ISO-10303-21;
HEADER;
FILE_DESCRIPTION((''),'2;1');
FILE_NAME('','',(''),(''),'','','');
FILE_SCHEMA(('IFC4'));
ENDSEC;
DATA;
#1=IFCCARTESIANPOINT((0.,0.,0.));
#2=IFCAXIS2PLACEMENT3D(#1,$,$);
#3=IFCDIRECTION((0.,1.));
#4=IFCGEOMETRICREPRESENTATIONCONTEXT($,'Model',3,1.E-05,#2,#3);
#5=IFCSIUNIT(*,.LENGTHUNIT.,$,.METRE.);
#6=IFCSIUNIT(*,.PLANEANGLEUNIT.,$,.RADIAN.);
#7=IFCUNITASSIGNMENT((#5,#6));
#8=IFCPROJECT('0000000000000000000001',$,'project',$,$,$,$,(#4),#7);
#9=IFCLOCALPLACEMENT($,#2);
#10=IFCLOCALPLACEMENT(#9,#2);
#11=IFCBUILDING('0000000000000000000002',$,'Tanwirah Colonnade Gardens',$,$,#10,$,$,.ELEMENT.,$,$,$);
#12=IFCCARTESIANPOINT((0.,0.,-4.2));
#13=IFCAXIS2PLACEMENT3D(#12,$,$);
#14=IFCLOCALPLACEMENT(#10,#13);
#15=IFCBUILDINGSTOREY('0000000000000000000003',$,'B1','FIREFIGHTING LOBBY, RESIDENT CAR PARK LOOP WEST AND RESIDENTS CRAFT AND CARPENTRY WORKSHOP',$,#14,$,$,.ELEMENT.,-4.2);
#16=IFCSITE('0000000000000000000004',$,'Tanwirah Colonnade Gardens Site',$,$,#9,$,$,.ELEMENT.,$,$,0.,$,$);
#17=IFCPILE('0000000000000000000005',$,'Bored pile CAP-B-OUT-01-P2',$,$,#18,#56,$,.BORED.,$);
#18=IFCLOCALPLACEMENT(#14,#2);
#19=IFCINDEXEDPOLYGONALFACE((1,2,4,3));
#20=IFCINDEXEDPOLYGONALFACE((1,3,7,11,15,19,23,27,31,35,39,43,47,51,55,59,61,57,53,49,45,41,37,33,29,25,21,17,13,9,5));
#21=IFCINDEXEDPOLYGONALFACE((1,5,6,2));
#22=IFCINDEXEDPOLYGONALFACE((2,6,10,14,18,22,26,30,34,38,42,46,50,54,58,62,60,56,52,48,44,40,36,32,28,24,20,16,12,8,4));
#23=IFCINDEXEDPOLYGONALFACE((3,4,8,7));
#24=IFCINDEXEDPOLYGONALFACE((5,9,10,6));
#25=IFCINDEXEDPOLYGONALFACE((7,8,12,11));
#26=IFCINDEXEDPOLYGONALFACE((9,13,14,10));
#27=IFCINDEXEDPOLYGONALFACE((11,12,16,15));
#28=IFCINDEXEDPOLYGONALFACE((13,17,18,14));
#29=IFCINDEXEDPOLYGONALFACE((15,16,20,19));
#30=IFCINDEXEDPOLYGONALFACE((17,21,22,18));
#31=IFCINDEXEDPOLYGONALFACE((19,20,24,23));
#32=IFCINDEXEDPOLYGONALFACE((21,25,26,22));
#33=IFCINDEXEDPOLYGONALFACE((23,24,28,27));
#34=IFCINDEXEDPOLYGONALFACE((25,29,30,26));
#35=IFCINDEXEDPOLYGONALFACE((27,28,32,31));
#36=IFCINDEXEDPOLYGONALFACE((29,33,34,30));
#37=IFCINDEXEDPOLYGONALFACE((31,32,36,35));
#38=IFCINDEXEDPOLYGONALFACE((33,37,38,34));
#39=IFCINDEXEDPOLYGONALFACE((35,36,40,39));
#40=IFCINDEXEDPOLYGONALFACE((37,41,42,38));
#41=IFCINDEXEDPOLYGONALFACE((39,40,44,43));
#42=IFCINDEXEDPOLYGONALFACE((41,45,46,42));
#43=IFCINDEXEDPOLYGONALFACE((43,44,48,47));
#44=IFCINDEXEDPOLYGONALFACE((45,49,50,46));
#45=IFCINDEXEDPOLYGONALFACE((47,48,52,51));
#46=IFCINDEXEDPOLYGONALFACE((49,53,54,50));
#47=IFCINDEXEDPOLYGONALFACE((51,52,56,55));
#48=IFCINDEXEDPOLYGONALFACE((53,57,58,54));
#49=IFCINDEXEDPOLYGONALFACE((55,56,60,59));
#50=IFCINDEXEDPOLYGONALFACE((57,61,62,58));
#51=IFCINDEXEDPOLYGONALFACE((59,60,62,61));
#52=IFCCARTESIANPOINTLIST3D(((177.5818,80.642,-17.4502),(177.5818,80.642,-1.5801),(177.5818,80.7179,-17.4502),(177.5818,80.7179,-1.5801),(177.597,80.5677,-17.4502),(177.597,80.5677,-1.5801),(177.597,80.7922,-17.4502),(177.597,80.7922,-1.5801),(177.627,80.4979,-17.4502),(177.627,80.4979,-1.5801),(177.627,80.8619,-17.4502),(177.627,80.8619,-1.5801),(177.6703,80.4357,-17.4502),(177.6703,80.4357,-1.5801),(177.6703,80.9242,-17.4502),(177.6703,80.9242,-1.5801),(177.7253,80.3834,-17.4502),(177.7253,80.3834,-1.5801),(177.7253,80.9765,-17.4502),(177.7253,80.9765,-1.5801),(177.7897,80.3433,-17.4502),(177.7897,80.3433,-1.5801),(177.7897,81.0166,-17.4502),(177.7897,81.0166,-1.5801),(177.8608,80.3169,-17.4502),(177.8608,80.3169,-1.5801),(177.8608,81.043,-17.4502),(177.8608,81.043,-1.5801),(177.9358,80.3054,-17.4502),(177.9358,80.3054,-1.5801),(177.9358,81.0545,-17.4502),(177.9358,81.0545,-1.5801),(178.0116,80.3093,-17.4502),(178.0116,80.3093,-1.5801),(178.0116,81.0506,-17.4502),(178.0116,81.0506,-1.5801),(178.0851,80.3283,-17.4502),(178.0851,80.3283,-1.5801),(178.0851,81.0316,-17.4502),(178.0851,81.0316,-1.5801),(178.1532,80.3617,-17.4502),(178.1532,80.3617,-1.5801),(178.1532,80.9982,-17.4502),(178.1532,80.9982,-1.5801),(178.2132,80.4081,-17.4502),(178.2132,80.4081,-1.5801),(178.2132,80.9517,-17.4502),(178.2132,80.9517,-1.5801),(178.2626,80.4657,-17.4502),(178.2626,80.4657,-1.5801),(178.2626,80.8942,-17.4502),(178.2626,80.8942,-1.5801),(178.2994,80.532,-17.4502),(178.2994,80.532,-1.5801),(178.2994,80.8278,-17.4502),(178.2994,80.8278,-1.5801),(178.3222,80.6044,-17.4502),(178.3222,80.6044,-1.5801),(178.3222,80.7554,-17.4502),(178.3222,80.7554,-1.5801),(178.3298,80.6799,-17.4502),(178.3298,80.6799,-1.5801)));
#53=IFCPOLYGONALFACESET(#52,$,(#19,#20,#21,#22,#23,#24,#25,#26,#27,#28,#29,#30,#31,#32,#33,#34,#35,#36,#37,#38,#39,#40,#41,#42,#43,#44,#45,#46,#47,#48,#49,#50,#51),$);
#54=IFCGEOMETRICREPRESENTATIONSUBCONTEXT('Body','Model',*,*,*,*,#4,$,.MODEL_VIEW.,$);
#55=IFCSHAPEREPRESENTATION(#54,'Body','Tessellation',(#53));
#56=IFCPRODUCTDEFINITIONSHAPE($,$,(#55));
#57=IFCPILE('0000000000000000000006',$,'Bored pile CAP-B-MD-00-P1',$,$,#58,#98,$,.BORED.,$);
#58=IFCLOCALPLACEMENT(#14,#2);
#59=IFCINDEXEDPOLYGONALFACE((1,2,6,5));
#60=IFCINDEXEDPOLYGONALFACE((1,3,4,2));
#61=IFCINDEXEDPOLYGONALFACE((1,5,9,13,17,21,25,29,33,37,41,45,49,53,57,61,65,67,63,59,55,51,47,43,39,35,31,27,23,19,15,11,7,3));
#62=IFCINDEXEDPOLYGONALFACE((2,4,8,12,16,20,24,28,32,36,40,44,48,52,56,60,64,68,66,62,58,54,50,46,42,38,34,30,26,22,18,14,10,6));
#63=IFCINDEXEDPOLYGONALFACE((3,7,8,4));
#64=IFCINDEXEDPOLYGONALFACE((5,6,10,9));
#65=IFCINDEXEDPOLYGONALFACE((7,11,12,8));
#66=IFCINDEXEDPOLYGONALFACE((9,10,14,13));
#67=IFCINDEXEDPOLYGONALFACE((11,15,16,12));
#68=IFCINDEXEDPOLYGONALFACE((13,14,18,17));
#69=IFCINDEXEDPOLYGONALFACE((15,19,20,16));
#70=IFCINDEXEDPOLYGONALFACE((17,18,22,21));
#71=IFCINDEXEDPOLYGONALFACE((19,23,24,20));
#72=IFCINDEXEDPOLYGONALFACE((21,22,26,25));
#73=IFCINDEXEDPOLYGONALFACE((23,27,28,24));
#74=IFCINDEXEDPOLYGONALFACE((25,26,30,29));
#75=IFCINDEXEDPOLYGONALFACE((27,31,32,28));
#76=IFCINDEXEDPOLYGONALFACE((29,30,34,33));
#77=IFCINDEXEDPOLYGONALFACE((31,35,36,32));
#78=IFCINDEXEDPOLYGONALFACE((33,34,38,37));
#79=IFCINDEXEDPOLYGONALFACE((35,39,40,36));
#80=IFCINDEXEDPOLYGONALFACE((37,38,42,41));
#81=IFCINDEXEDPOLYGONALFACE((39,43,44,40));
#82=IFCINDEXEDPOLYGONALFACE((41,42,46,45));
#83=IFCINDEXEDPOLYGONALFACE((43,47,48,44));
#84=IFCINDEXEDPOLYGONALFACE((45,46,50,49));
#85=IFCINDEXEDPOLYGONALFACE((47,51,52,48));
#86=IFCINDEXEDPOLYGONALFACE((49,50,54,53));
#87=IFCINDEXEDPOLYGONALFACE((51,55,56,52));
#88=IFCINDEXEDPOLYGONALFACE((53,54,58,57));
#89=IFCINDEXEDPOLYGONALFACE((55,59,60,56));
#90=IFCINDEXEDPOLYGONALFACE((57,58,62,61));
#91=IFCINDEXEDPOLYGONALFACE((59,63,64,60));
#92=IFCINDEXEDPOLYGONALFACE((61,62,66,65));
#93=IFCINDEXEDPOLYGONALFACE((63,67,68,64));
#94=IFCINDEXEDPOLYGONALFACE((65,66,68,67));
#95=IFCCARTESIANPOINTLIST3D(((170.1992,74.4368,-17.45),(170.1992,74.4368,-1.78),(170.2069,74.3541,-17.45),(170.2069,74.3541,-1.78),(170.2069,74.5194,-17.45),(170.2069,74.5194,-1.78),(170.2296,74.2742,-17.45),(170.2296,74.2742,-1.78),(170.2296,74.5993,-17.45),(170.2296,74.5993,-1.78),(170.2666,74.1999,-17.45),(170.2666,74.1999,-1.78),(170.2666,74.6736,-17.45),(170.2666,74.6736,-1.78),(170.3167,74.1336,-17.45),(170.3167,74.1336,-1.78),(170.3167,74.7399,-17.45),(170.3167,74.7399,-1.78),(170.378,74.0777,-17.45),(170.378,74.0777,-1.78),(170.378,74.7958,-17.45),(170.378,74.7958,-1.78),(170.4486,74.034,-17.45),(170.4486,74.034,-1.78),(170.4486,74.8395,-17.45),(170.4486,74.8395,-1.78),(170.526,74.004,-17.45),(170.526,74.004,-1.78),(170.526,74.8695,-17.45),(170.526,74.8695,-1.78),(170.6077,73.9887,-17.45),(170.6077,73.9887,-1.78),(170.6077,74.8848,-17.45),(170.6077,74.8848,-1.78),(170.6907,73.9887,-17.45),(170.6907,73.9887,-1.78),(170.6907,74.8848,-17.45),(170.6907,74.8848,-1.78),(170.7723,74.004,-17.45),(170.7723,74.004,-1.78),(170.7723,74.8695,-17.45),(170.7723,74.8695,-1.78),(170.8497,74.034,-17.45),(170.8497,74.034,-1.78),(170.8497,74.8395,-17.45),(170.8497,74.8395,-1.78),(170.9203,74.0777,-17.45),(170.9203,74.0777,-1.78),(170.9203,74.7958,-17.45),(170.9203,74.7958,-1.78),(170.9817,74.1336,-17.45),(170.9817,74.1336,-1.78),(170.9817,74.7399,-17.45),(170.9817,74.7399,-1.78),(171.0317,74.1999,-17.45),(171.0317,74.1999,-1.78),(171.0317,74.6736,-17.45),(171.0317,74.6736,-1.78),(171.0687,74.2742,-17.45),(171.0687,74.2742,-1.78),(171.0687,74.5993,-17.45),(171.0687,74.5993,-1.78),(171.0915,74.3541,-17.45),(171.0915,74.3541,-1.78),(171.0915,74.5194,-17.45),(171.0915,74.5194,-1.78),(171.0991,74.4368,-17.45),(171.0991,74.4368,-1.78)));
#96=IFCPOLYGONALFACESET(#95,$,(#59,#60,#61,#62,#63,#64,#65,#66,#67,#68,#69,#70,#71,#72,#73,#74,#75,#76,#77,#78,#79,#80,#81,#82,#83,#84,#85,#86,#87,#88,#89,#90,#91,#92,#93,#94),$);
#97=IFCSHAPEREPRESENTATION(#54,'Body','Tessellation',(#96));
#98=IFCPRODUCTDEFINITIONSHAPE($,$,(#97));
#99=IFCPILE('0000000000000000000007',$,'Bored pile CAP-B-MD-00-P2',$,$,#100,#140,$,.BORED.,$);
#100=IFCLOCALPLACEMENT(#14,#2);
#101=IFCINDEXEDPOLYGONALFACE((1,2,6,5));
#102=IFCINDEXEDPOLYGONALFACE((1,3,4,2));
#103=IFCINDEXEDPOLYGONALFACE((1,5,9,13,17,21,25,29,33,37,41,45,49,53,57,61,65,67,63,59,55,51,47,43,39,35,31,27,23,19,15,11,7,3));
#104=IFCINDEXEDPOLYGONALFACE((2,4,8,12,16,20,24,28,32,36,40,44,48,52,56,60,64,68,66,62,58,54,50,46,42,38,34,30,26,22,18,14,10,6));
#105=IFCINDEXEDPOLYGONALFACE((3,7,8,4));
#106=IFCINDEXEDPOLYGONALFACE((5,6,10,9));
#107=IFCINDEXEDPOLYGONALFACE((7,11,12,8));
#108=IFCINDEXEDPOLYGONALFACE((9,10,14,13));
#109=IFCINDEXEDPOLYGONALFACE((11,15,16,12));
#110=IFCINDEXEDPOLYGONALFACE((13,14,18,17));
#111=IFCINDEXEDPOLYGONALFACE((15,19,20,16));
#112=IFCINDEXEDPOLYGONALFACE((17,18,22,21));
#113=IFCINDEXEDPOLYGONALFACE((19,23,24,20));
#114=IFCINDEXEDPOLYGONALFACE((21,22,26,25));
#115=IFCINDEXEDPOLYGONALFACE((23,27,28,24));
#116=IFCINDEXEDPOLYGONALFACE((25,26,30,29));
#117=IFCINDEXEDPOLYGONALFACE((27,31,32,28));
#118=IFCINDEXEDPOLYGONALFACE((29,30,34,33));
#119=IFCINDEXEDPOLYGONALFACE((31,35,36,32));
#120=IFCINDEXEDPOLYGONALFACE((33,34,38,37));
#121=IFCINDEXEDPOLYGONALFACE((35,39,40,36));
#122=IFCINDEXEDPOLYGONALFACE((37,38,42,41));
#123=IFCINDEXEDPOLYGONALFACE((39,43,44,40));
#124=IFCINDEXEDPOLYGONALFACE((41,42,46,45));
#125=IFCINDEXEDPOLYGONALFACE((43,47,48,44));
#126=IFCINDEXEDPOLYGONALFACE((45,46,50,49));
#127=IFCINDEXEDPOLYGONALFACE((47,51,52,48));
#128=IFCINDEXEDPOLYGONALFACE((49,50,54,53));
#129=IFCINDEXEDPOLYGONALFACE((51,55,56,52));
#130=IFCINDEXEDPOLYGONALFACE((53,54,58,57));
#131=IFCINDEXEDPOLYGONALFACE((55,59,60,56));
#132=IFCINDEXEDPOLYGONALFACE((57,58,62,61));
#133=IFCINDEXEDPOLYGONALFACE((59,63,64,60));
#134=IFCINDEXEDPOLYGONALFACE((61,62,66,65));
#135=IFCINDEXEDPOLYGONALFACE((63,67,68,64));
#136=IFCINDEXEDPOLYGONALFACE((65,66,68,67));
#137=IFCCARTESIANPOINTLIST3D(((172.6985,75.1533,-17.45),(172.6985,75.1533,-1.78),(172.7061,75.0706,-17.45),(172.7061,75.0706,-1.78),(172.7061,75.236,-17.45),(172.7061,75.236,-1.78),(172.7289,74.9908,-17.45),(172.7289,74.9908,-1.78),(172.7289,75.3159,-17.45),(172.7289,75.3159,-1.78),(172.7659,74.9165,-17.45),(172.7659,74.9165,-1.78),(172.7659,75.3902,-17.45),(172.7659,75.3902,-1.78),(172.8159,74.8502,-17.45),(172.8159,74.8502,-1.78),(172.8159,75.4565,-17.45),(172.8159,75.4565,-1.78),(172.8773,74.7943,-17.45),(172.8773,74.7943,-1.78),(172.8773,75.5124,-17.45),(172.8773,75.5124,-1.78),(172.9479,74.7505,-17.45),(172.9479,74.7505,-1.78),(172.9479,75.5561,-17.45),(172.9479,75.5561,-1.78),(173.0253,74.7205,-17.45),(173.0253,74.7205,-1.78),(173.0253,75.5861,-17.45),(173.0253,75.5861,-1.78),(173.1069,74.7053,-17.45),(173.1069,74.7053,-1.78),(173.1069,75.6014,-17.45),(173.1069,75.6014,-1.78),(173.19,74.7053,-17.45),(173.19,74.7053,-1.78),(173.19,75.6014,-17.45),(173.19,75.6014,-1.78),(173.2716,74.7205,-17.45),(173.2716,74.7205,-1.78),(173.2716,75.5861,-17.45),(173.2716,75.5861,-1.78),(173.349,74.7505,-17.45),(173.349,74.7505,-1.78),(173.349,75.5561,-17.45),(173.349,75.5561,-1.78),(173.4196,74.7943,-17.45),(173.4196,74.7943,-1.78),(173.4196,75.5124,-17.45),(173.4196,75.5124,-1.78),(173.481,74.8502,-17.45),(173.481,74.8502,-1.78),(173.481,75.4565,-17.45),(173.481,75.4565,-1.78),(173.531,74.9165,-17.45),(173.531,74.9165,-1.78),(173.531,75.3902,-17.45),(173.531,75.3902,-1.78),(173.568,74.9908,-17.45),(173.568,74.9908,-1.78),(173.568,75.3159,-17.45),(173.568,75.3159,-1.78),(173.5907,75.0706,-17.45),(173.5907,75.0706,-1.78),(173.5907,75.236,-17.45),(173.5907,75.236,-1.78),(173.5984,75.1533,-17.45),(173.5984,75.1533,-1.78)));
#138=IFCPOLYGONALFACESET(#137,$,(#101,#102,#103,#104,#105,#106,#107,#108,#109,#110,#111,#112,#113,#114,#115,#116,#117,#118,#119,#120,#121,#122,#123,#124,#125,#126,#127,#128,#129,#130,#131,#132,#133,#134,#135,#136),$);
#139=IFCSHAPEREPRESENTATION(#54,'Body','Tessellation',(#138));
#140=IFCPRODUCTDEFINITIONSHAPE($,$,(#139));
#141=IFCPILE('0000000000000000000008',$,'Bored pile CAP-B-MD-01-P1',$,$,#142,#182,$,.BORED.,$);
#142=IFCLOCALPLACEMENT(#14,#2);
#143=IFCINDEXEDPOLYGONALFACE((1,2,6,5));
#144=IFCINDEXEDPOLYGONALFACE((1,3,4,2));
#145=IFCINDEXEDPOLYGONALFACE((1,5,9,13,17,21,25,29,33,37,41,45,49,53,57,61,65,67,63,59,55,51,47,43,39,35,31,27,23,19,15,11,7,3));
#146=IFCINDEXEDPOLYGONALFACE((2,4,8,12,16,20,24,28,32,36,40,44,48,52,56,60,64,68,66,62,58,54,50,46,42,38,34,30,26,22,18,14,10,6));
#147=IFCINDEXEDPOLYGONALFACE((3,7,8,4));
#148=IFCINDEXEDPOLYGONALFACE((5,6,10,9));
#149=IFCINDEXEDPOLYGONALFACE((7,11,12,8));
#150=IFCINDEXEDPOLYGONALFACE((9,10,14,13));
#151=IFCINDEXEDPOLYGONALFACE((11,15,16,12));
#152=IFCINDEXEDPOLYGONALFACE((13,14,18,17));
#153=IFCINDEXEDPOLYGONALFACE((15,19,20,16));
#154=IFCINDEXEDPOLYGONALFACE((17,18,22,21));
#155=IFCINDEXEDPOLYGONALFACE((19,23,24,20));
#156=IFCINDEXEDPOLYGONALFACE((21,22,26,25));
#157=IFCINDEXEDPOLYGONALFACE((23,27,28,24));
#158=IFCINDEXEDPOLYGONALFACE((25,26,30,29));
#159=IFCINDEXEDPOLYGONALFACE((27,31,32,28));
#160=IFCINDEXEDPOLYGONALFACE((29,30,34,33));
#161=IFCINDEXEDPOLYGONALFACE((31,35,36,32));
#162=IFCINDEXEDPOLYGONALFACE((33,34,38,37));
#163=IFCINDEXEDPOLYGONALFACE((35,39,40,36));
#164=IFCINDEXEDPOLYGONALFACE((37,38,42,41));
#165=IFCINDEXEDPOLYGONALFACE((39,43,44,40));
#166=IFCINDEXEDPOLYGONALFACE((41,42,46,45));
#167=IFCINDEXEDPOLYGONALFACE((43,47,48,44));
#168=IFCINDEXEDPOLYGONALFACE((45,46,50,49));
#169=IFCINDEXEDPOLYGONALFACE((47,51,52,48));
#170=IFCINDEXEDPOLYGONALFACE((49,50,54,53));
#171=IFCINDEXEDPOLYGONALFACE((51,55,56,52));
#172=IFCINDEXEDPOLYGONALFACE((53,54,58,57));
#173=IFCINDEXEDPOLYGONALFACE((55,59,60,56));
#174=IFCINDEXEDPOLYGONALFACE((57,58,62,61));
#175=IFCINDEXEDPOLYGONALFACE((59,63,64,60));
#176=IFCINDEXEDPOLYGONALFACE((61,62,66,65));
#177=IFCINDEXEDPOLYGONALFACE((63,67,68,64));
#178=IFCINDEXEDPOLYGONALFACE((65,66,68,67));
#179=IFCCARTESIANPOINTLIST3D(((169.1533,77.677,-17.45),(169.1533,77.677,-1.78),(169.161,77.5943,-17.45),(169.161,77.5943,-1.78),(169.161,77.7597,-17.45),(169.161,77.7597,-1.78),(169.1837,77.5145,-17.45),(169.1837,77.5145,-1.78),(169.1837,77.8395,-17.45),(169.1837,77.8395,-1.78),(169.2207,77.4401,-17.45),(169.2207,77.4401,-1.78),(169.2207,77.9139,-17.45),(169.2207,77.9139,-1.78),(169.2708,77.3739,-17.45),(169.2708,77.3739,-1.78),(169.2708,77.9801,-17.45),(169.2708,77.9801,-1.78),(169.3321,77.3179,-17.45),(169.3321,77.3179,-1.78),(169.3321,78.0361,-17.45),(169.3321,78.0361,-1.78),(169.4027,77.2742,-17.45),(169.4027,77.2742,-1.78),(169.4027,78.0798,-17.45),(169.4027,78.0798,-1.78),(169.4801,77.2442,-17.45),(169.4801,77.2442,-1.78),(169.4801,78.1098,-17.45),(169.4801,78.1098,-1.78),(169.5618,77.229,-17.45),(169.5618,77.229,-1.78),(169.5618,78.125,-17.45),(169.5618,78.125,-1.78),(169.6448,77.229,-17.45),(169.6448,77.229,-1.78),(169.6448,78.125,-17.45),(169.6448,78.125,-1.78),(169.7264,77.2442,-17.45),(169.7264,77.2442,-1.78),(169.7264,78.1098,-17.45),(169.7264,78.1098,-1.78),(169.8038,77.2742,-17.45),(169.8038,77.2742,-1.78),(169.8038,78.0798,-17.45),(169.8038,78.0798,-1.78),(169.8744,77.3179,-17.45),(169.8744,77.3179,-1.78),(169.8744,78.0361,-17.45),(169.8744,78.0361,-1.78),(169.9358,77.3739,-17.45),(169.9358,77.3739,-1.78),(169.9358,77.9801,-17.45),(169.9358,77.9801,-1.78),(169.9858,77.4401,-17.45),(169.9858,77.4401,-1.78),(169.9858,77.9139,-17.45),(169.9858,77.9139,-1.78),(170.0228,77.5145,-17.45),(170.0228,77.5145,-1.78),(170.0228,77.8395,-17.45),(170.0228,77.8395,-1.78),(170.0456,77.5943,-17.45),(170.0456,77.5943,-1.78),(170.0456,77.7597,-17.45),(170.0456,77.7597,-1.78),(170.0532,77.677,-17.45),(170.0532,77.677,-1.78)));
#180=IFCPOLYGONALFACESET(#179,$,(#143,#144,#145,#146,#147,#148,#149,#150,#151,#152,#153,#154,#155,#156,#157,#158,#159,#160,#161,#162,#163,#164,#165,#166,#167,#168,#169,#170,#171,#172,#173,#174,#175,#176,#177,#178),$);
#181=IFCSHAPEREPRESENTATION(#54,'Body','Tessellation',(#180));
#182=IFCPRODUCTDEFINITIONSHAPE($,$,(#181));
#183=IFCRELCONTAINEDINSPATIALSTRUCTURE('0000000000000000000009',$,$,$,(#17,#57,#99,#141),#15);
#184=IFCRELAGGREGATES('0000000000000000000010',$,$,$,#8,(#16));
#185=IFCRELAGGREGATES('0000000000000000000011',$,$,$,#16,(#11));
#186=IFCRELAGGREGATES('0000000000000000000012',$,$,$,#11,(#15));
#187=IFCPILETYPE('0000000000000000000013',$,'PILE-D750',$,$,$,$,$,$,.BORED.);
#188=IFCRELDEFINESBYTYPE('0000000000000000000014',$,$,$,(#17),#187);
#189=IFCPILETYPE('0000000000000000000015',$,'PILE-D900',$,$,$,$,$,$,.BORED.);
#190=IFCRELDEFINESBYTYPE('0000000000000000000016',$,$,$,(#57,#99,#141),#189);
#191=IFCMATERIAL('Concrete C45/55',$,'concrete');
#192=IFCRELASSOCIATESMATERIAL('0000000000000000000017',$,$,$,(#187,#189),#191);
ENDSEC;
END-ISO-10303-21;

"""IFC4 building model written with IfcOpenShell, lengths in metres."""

from ifc_helpers import new_model, si_unit, direction, frame, origin, origin_2d, place, context, subcontext, project, spatial, circle, extrude, material, material_profile, profile_set, type_object, element, save


model = new_model("IFC4")

# Units and contexts
model_context = context("Model", 3, precision=1e-05, world=origin(), true_north=direction((0.0, 1.0)))
body_context = subcontext(model_context, "Body", "Model", "MODEL_VIEW")
ifc_project = project(units=[si_unit("LENGTHUNIT", "METRE"), si_unit("PLANEANGLEUNIT", "RADIAN")], contexts=[model_context])

# Site, building, storey
site_placement = place(None, origin())
site = spatial("IfcSite", under=ifc_project, at=site_placement, Name="Tanwirah Colonnade Gardens Site", CompositionType="ELEMENT", RefElevation=0.0)
building_placement = place(site_placement, origin())
building = spatial("IfcBuilding", under=site, at=building_placement, Name="Tanwirah Colonnade Gardens", CompositionType="ELEMENT")
storey_placement = place(building_placement, frame((0.0, 0.0, -4.2)))
storey = spatial("IfcBuildingStorey", under=building, at=storey_placement, Name="B1", Description="FIREFIGHTING LOBBY, RESIDENT CAR PARK LOOP WEST AND RESIDENTS CRAFT AND CARPENTRY WORKSHOP", CompositionType="ELEMENT", Elevation=-4.2)

# Shared definitions
ifc_material_1 = material(Name="Concrete C45/55", Category="concrete")

# Piles
ifc_material_profile_1 = material_profile(ifc_material_1, circle(Radius=0.375, at=origin_2d()), Name="PILE D750")
ifc_profile_set_1 = profile_set([ifc_material_profile_1], Name="Concrete C45/55")
pile_type_1 = type_object("IfcPileType", Name="PILE-D750", PredefinedType="BORED", material=ifc_profile_set_1)
for number, where, z_axis, x_axis, name in (
    (1, (177.9548, 80.6799, -1.5801), (0.0, 0.0, -1.0), (1.0, 0.0, 0.0), "Bored pile CAP-B-OUT-01-P2"),
):
    element("IfcPile", number, at=place(storey_placement, frame(where, z_axis=z_axis, x_axis=x_axis)), inside=storey, type_object=pile_type_1, Name=name, PredefinedType="BORED", context=body_context, shape_type="SweptSolid", body=[
        extrude(circle(Radius=0.375, at=origin_2d()), origin(), (0.0, 0.0, 1.0), 15.8701),
    ])
ifc_material_profile_2 = material_profile(ifc_material_1, circle(Radius=0.45, at=origin_2d()), Name="PILE D900")
ifc_profile_set_2 = profile_set([ifc_material_profile_2], Name="Concrete C45/55")
pile_type_2 = type_object("IfcPileType", Name="PILE-D900", PredefinedType="BORED", material=ifc_profile_set_2)
for number, where, z_axis, x_axis, name in (
    (2, (170.6492, 74.4368, -1.78), (0.0, 0.0, -1.0), (1.0, 0.0, 0.0), "Bored pile CAP-B-MD-00-P1"),
    (3, (173.1484, 75.1533, -1.78), (0.0, 0.0, -1.0), (1.0, 0.0, 0.0), "Bored pile CAP-B-MD-00-P2"),
    (4, (169.6033, 77.677, -1.78), (0.0, 0.0, -1.0), (1.0, 0.0, 0.0), "Bored pile CAP-B-MD-01-P1"),
):
    element("IfcPile", number, at=place(storey_placement, frame(where, z_axis=z_axis, x_axis=x_axis)), inside=storey, type_object=pile_type_2, Name=name, PredefinedType="BORED", context=body_context, shape_type="SweptSolid", body=[
        extrude(circle(Radius=0.45, at=origin_2d()), origin(), (0.0, 0.0, 1.0), 15.6699),
    ])

save(model, "model.ifc")
